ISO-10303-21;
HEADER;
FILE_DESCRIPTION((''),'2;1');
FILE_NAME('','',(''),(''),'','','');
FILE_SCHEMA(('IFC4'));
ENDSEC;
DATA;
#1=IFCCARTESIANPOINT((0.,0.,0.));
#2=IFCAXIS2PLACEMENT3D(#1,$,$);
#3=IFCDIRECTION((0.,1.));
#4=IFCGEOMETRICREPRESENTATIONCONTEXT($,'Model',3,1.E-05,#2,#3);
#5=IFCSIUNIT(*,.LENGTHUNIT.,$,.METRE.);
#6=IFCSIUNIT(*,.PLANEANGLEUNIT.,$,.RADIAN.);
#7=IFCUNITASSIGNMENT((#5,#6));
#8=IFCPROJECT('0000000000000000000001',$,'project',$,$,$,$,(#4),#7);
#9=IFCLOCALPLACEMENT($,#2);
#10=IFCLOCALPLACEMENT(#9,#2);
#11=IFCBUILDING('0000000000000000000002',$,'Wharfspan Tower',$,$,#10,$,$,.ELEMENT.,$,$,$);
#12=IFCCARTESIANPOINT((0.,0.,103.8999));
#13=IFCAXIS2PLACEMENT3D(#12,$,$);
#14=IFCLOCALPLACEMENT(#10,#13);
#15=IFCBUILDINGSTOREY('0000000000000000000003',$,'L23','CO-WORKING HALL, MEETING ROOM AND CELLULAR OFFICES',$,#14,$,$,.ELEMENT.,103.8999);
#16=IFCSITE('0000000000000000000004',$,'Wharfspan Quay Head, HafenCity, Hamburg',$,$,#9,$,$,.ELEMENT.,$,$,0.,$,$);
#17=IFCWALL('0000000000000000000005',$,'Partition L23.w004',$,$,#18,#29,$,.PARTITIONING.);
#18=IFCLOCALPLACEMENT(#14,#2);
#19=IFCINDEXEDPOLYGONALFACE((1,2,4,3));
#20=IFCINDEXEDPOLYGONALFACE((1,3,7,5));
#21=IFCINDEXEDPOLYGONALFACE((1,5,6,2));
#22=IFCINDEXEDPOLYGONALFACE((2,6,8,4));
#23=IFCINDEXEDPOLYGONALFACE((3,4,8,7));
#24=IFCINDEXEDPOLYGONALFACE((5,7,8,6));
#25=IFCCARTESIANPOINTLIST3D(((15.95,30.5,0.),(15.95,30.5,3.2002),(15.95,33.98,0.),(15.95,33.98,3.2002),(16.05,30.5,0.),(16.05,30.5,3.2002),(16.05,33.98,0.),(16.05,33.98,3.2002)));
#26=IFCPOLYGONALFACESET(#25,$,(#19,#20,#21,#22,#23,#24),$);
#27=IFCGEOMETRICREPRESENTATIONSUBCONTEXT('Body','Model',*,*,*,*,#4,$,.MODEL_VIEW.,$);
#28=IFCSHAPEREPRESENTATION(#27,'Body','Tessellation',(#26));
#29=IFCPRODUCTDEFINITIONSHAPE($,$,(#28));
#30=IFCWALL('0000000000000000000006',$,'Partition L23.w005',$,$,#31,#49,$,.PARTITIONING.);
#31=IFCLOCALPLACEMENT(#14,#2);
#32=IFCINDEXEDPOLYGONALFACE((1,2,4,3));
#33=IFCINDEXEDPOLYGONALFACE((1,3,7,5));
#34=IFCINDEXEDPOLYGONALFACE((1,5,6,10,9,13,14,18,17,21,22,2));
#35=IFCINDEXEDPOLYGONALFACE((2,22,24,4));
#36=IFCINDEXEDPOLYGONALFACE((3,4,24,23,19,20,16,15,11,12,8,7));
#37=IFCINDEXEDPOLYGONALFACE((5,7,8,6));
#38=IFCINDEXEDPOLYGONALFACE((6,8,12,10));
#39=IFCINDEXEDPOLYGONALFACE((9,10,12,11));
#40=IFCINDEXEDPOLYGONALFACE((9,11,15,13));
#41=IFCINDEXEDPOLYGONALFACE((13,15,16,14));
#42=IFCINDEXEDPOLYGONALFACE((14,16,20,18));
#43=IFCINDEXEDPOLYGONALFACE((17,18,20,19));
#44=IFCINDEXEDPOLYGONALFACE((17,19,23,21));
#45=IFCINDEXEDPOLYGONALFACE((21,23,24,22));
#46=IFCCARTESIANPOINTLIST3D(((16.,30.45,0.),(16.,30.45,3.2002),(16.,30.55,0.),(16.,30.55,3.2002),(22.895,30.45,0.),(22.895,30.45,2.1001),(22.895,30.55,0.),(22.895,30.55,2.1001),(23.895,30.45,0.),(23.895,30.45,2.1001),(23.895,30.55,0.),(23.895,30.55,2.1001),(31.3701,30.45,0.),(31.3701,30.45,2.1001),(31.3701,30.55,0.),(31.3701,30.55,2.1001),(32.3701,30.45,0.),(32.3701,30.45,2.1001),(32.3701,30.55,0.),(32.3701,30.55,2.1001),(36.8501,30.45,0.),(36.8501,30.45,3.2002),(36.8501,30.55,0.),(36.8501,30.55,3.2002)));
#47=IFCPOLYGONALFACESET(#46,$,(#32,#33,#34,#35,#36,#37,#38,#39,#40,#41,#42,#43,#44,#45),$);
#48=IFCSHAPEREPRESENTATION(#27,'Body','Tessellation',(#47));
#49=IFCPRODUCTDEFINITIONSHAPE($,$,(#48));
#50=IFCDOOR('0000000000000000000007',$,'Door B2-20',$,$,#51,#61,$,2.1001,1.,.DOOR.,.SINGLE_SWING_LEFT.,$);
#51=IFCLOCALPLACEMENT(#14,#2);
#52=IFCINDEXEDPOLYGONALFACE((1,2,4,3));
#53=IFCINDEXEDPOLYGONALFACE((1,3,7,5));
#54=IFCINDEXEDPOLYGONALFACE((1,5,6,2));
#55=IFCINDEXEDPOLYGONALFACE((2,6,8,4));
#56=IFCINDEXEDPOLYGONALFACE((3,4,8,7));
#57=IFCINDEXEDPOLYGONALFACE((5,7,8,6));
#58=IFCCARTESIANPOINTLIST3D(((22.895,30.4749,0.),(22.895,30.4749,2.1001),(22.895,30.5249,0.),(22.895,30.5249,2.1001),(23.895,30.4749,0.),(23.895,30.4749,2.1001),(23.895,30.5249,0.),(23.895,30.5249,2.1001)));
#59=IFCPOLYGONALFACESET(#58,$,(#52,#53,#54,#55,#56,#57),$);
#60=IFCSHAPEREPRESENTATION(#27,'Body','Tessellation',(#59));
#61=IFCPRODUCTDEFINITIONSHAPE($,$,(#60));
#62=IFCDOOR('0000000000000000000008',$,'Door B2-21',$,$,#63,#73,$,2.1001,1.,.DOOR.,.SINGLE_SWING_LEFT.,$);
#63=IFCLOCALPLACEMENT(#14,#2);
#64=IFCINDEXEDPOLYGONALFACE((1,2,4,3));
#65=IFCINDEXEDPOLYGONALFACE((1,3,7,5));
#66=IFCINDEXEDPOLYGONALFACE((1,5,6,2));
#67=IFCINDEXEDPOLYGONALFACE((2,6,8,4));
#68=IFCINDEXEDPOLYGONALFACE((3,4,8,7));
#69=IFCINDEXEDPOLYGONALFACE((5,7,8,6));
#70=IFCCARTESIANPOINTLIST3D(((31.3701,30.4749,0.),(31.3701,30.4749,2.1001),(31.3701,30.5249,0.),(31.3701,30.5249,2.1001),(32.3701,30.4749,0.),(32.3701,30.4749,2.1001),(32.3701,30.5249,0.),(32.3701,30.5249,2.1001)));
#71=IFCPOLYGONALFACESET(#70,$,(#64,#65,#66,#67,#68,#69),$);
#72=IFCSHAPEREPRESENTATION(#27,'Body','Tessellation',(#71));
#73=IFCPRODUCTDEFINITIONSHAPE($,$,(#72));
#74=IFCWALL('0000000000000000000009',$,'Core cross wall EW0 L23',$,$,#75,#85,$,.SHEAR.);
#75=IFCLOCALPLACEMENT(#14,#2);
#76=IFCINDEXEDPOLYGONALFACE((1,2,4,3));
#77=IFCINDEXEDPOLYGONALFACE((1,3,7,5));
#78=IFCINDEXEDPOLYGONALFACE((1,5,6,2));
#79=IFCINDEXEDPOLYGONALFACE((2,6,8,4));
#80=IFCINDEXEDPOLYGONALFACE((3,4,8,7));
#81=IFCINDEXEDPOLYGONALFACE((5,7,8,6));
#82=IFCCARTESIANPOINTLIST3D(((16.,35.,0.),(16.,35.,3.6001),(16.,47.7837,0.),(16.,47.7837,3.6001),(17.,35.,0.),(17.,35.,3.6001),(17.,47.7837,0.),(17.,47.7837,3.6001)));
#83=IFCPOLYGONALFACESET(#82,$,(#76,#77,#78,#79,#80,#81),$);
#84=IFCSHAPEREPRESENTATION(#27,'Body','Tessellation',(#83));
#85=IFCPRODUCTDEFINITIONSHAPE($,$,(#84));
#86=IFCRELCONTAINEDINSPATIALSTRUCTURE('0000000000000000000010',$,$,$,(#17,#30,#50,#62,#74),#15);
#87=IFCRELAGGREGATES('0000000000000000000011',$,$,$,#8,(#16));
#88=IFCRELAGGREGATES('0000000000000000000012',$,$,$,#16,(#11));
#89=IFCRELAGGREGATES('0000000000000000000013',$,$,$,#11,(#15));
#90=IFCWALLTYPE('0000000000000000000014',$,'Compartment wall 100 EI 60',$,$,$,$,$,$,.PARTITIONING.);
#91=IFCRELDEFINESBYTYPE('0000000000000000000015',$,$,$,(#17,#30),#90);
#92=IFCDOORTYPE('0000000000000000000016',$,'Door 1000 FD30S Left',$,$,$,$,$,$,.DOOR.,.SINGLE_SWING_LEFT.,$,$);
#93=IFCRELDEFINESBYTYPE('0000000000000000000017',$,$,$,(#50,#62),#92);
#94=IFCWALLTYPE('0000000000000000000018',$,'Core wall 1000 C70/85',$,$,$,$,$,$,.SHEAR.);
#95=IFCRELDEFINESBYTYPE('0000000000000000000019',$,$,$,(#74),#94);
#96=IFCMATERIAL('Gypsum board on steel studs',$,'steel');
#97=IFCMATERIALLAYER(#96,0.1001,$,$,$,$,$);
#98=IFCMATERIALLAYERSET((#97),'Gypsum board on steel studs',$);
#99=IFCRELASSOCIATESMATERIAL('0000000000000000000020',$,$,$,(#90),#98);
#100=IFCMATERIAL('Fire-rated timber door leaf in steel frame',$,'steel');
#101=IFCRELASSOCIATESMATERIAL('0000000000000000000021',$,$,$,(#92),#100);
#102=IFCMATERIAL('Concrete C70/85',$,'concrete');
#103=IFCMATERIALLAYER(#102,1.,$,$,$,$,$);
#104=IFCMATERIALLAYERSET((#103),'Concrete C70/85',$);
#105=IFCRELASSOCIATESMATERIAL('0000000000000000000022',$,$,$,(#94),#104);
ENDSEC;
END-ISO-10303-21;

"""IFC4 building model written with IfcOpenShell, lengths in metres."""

from ifc_helpers import new_model, si_unit, direction, frame, frame_2d, origin, place, context, subcontext, project, spatial, rectangle, extrude, material, layer, layer_set, type_object, element, fill, save


model = new_model("IFC4")

# Units and contexts
model_context = context("Model", 3, precision=1e-05, world=origin(), true_north=direction((0.0, 1.0)))
body_context = subcontext(model_context, "Body", "Model", "MODEL_VIEW")
ifc_project = project(units=[si_unit("LENGTHUNIT", "METRE"), si_unit("PLANEANGLEUNIT", "RADIAN")], contexts=[model_context])

# Site, building, storey
site_placement = place(None, origin())
site = spatial("IfcSite", under=ifc_project, at=site_placement, Name="Wharfspan Quay Head, HafenCity, Hamburg", CompositionType="ELEMENT", RefElevation=0.0)
building_placement = place(site_placement, origin())
building = spatial("IfcBuilding", under=site, at=building_placement, Name="Wharfspan Tower", CompositionType="ELEMENT")
storey_placement = place(building_placement, frame((0.0, 0.0, 103.8999)))
storey = spatial("IfcBuildingStorey", under=building, at=storey_placement, Name="L23", Description="CO-WORKING HALL, MEETING ROOM AND CELLULAR OFFICES", CompositionType="ELEMENT", Elevation=103.8999)

# Wall
ifc_material_1 = material(Name="Gypsum board on steel studs", Category="steel")
ifc_layer_1 = layer(ifc_material_1, 0.1001)
ifc_layer_set_1 = layer_set([ifc_layer_1], Name="Gypsum board on steel studs")
wall_type_1 = type_object("IfcWallType", Name="Compartment wall 100 EI 60", PredefinedType="PARTITIONING", material=ifc_layer_set_1)
wall_1_placement = place(storey_placement, frame((16.0, 30.5, 0.0), z_axis=(0.0, 0.0, 1.0), x_axis=(0.0, 1.0, 0.0)))
element("IfcWall", 1, at=wall_1_placement, inside=storey, type_object=wall_type_1, Name="Partition L23.w004", PredefinedType="PARTITIONING", context=body_context, shape_type="SweptSolid", body=[
    extrude(rectangle(XDim=3.48, YDim=0.1001, at=frame_2d((1.74, 0.0))), origin(), (0.0, 0.0, 1.0), 3.2002),
])

# Wall, openings, doors
wall_2_placement = place(storey_placement, frame((16.0, 30.5, 0.0), z_axis=(0.0, 0.0, 1.0), x_axis=(1.0, 0.0, 0.0)))
wall_2 = element("IfcWall", 2, at=wall_2_placement, inside=storey, type_object=wall_type_1, Name="Partition L23.w005", PredefinedType="PARTITIONING", context=body_context, shape_type="SweptSolid", body=[
    extrude(rectangle(XDim=20.8501, YDim=0.1001, at=frame_2d((10.425, 0.0))), origin(), (0.0, 0.0, 1.0), 3.2002),
])
opening_1_placement = place(wall_2_placement, frame((6.895, 0.0, 0.0)))
opening_1 = element("IfcOpeningElement", 3, at=opening_1_placement, cuts=wall_2, PredefinedType="OPENING", context=body_context, shape_type="SweptSolid", body=[
    extrude(rectangle(XDim=1.0, YDim=2.1001, at=frame_2d((0.5, 1.05))), frame((0.0, 0.0601, 0.0), z_axis=(0.0, -1.0, 0.0), x_axis=(1.0, 0.0, 0.0)), (0.0, 0.0, 1.0), 0.1201),
])
opening_2_placement = place(wall_2_placement, frame((15.3701, 0.0, 0.0)))
opening_2 = element("IfcOpeningElement", 4, at=opening_2_placement, cuts=wall_2, PredefinedType="OPENING", context=body_context, shape_type="SweptSolid", body=[
    extrude(rectangle(XDim=1.0, YDim=2.1001, at=frame_2d((0.5, 1.05))), frame((0.0, 0.0601, 0.0), z_axis=(0.0, -1.0, 0.0), x_axis=(1.0, 0.0, 0.0)), (0.0, 0.0, 1.0), 0.1201),
])
ifc_material_2 = material(Name="Fire-rated timber door leaf in steel frame", Category="steel")
door_type_1 = type_object("IfcDoorType", Name="Door 1000 FD30S Left", OperationType="SINGLE_SWING_LEFT", PredefinedType="DOOR", material=ifc_material_2)
door_1_placement = place(opening_1_placement, origin())
door_1 = element("IfcDoor", 5, at=door_1_placement, inside=storey, type_object=door_type_1, Name="Door B2-20", OperationType="SINGLE_SWING_LEFT", OverallHeight=2.1001, OverallWidth=1.0, PredefinedType="DOOR", context=body_context, shape_type="SweptSolid", body=[
    extrude(rectangle(XDim=1.0, YDim=2.1001, at=frame_2d((0.5, 1.05))), frame((0.0, 0.0249, 0.0), z_axis=(0.0, -1.0, 0.0), x_axis=(1.0, 0.0, 0.0)), (0.0, 0.0, 1.0), 0.05),
])
fill(opening_1, door_1)
door_2_placement = place(opening_2_placement, origin())
door_2 = element("IfcDoor", 6, at=door_2_placement, inside=storey, type_object=door_type_1, Name="Door B2-21", OperationType="SINGLE_SWING_LEFT", OverallHeight=2.1001, OverallWidth=1.0, PredefinedType="DOOR", context=body_context, shape_type="SweptSolid", body=[
    extrude(rectangle(XDim=1.0, YDim=2.1001, at=frame_2d((0.5, 1.05))), frame((0.0, 0.0249, 0.0), z_axis=(0.0, -1.0, 0.0), x_axis=(1.0, 0.0, 0.0)), (0.0, 0.0, 1.0), 0.05),
])
fill(opening_2, door_2)
ifc_material_3 = material(Name="Concrete C70/85", Category="concrete")
ifc_layer_2 = layer(ifc_material_3, 1.0)
ifc_layer_set_2 = layer_set([ifc_layer_2], Name="Concrete C70/85")
wall_type_2 = type_object("IfcWallType", Name="Core wall 1000 C70/85", PredefinedType="SHEAR", material=ifc_layer_set_2)

# Wall
wall_3_placement = place(storey_placement, frame((16.5, 35.0, 0.0), z_axis=(0.0, 0.0, 1.0), x_axis=(0.0, 1.0, 0.0)))
element("IfcWall", 7, at=wall_3_placement, inside=storey, type_object=wall_type_2, Name="Core cross wall EW0 L23", PredefinedType="SHEAR", context=body_context, shape_type="SweptSolid", body=[
    extrude(rectangle(XDim=12.7837, YDim=1.0, at=frame_2d((6.3918, 0.0))), origin(), (0.0, 0.0, 1.0), 3.6001),
])

save(model, "model.ifc")
